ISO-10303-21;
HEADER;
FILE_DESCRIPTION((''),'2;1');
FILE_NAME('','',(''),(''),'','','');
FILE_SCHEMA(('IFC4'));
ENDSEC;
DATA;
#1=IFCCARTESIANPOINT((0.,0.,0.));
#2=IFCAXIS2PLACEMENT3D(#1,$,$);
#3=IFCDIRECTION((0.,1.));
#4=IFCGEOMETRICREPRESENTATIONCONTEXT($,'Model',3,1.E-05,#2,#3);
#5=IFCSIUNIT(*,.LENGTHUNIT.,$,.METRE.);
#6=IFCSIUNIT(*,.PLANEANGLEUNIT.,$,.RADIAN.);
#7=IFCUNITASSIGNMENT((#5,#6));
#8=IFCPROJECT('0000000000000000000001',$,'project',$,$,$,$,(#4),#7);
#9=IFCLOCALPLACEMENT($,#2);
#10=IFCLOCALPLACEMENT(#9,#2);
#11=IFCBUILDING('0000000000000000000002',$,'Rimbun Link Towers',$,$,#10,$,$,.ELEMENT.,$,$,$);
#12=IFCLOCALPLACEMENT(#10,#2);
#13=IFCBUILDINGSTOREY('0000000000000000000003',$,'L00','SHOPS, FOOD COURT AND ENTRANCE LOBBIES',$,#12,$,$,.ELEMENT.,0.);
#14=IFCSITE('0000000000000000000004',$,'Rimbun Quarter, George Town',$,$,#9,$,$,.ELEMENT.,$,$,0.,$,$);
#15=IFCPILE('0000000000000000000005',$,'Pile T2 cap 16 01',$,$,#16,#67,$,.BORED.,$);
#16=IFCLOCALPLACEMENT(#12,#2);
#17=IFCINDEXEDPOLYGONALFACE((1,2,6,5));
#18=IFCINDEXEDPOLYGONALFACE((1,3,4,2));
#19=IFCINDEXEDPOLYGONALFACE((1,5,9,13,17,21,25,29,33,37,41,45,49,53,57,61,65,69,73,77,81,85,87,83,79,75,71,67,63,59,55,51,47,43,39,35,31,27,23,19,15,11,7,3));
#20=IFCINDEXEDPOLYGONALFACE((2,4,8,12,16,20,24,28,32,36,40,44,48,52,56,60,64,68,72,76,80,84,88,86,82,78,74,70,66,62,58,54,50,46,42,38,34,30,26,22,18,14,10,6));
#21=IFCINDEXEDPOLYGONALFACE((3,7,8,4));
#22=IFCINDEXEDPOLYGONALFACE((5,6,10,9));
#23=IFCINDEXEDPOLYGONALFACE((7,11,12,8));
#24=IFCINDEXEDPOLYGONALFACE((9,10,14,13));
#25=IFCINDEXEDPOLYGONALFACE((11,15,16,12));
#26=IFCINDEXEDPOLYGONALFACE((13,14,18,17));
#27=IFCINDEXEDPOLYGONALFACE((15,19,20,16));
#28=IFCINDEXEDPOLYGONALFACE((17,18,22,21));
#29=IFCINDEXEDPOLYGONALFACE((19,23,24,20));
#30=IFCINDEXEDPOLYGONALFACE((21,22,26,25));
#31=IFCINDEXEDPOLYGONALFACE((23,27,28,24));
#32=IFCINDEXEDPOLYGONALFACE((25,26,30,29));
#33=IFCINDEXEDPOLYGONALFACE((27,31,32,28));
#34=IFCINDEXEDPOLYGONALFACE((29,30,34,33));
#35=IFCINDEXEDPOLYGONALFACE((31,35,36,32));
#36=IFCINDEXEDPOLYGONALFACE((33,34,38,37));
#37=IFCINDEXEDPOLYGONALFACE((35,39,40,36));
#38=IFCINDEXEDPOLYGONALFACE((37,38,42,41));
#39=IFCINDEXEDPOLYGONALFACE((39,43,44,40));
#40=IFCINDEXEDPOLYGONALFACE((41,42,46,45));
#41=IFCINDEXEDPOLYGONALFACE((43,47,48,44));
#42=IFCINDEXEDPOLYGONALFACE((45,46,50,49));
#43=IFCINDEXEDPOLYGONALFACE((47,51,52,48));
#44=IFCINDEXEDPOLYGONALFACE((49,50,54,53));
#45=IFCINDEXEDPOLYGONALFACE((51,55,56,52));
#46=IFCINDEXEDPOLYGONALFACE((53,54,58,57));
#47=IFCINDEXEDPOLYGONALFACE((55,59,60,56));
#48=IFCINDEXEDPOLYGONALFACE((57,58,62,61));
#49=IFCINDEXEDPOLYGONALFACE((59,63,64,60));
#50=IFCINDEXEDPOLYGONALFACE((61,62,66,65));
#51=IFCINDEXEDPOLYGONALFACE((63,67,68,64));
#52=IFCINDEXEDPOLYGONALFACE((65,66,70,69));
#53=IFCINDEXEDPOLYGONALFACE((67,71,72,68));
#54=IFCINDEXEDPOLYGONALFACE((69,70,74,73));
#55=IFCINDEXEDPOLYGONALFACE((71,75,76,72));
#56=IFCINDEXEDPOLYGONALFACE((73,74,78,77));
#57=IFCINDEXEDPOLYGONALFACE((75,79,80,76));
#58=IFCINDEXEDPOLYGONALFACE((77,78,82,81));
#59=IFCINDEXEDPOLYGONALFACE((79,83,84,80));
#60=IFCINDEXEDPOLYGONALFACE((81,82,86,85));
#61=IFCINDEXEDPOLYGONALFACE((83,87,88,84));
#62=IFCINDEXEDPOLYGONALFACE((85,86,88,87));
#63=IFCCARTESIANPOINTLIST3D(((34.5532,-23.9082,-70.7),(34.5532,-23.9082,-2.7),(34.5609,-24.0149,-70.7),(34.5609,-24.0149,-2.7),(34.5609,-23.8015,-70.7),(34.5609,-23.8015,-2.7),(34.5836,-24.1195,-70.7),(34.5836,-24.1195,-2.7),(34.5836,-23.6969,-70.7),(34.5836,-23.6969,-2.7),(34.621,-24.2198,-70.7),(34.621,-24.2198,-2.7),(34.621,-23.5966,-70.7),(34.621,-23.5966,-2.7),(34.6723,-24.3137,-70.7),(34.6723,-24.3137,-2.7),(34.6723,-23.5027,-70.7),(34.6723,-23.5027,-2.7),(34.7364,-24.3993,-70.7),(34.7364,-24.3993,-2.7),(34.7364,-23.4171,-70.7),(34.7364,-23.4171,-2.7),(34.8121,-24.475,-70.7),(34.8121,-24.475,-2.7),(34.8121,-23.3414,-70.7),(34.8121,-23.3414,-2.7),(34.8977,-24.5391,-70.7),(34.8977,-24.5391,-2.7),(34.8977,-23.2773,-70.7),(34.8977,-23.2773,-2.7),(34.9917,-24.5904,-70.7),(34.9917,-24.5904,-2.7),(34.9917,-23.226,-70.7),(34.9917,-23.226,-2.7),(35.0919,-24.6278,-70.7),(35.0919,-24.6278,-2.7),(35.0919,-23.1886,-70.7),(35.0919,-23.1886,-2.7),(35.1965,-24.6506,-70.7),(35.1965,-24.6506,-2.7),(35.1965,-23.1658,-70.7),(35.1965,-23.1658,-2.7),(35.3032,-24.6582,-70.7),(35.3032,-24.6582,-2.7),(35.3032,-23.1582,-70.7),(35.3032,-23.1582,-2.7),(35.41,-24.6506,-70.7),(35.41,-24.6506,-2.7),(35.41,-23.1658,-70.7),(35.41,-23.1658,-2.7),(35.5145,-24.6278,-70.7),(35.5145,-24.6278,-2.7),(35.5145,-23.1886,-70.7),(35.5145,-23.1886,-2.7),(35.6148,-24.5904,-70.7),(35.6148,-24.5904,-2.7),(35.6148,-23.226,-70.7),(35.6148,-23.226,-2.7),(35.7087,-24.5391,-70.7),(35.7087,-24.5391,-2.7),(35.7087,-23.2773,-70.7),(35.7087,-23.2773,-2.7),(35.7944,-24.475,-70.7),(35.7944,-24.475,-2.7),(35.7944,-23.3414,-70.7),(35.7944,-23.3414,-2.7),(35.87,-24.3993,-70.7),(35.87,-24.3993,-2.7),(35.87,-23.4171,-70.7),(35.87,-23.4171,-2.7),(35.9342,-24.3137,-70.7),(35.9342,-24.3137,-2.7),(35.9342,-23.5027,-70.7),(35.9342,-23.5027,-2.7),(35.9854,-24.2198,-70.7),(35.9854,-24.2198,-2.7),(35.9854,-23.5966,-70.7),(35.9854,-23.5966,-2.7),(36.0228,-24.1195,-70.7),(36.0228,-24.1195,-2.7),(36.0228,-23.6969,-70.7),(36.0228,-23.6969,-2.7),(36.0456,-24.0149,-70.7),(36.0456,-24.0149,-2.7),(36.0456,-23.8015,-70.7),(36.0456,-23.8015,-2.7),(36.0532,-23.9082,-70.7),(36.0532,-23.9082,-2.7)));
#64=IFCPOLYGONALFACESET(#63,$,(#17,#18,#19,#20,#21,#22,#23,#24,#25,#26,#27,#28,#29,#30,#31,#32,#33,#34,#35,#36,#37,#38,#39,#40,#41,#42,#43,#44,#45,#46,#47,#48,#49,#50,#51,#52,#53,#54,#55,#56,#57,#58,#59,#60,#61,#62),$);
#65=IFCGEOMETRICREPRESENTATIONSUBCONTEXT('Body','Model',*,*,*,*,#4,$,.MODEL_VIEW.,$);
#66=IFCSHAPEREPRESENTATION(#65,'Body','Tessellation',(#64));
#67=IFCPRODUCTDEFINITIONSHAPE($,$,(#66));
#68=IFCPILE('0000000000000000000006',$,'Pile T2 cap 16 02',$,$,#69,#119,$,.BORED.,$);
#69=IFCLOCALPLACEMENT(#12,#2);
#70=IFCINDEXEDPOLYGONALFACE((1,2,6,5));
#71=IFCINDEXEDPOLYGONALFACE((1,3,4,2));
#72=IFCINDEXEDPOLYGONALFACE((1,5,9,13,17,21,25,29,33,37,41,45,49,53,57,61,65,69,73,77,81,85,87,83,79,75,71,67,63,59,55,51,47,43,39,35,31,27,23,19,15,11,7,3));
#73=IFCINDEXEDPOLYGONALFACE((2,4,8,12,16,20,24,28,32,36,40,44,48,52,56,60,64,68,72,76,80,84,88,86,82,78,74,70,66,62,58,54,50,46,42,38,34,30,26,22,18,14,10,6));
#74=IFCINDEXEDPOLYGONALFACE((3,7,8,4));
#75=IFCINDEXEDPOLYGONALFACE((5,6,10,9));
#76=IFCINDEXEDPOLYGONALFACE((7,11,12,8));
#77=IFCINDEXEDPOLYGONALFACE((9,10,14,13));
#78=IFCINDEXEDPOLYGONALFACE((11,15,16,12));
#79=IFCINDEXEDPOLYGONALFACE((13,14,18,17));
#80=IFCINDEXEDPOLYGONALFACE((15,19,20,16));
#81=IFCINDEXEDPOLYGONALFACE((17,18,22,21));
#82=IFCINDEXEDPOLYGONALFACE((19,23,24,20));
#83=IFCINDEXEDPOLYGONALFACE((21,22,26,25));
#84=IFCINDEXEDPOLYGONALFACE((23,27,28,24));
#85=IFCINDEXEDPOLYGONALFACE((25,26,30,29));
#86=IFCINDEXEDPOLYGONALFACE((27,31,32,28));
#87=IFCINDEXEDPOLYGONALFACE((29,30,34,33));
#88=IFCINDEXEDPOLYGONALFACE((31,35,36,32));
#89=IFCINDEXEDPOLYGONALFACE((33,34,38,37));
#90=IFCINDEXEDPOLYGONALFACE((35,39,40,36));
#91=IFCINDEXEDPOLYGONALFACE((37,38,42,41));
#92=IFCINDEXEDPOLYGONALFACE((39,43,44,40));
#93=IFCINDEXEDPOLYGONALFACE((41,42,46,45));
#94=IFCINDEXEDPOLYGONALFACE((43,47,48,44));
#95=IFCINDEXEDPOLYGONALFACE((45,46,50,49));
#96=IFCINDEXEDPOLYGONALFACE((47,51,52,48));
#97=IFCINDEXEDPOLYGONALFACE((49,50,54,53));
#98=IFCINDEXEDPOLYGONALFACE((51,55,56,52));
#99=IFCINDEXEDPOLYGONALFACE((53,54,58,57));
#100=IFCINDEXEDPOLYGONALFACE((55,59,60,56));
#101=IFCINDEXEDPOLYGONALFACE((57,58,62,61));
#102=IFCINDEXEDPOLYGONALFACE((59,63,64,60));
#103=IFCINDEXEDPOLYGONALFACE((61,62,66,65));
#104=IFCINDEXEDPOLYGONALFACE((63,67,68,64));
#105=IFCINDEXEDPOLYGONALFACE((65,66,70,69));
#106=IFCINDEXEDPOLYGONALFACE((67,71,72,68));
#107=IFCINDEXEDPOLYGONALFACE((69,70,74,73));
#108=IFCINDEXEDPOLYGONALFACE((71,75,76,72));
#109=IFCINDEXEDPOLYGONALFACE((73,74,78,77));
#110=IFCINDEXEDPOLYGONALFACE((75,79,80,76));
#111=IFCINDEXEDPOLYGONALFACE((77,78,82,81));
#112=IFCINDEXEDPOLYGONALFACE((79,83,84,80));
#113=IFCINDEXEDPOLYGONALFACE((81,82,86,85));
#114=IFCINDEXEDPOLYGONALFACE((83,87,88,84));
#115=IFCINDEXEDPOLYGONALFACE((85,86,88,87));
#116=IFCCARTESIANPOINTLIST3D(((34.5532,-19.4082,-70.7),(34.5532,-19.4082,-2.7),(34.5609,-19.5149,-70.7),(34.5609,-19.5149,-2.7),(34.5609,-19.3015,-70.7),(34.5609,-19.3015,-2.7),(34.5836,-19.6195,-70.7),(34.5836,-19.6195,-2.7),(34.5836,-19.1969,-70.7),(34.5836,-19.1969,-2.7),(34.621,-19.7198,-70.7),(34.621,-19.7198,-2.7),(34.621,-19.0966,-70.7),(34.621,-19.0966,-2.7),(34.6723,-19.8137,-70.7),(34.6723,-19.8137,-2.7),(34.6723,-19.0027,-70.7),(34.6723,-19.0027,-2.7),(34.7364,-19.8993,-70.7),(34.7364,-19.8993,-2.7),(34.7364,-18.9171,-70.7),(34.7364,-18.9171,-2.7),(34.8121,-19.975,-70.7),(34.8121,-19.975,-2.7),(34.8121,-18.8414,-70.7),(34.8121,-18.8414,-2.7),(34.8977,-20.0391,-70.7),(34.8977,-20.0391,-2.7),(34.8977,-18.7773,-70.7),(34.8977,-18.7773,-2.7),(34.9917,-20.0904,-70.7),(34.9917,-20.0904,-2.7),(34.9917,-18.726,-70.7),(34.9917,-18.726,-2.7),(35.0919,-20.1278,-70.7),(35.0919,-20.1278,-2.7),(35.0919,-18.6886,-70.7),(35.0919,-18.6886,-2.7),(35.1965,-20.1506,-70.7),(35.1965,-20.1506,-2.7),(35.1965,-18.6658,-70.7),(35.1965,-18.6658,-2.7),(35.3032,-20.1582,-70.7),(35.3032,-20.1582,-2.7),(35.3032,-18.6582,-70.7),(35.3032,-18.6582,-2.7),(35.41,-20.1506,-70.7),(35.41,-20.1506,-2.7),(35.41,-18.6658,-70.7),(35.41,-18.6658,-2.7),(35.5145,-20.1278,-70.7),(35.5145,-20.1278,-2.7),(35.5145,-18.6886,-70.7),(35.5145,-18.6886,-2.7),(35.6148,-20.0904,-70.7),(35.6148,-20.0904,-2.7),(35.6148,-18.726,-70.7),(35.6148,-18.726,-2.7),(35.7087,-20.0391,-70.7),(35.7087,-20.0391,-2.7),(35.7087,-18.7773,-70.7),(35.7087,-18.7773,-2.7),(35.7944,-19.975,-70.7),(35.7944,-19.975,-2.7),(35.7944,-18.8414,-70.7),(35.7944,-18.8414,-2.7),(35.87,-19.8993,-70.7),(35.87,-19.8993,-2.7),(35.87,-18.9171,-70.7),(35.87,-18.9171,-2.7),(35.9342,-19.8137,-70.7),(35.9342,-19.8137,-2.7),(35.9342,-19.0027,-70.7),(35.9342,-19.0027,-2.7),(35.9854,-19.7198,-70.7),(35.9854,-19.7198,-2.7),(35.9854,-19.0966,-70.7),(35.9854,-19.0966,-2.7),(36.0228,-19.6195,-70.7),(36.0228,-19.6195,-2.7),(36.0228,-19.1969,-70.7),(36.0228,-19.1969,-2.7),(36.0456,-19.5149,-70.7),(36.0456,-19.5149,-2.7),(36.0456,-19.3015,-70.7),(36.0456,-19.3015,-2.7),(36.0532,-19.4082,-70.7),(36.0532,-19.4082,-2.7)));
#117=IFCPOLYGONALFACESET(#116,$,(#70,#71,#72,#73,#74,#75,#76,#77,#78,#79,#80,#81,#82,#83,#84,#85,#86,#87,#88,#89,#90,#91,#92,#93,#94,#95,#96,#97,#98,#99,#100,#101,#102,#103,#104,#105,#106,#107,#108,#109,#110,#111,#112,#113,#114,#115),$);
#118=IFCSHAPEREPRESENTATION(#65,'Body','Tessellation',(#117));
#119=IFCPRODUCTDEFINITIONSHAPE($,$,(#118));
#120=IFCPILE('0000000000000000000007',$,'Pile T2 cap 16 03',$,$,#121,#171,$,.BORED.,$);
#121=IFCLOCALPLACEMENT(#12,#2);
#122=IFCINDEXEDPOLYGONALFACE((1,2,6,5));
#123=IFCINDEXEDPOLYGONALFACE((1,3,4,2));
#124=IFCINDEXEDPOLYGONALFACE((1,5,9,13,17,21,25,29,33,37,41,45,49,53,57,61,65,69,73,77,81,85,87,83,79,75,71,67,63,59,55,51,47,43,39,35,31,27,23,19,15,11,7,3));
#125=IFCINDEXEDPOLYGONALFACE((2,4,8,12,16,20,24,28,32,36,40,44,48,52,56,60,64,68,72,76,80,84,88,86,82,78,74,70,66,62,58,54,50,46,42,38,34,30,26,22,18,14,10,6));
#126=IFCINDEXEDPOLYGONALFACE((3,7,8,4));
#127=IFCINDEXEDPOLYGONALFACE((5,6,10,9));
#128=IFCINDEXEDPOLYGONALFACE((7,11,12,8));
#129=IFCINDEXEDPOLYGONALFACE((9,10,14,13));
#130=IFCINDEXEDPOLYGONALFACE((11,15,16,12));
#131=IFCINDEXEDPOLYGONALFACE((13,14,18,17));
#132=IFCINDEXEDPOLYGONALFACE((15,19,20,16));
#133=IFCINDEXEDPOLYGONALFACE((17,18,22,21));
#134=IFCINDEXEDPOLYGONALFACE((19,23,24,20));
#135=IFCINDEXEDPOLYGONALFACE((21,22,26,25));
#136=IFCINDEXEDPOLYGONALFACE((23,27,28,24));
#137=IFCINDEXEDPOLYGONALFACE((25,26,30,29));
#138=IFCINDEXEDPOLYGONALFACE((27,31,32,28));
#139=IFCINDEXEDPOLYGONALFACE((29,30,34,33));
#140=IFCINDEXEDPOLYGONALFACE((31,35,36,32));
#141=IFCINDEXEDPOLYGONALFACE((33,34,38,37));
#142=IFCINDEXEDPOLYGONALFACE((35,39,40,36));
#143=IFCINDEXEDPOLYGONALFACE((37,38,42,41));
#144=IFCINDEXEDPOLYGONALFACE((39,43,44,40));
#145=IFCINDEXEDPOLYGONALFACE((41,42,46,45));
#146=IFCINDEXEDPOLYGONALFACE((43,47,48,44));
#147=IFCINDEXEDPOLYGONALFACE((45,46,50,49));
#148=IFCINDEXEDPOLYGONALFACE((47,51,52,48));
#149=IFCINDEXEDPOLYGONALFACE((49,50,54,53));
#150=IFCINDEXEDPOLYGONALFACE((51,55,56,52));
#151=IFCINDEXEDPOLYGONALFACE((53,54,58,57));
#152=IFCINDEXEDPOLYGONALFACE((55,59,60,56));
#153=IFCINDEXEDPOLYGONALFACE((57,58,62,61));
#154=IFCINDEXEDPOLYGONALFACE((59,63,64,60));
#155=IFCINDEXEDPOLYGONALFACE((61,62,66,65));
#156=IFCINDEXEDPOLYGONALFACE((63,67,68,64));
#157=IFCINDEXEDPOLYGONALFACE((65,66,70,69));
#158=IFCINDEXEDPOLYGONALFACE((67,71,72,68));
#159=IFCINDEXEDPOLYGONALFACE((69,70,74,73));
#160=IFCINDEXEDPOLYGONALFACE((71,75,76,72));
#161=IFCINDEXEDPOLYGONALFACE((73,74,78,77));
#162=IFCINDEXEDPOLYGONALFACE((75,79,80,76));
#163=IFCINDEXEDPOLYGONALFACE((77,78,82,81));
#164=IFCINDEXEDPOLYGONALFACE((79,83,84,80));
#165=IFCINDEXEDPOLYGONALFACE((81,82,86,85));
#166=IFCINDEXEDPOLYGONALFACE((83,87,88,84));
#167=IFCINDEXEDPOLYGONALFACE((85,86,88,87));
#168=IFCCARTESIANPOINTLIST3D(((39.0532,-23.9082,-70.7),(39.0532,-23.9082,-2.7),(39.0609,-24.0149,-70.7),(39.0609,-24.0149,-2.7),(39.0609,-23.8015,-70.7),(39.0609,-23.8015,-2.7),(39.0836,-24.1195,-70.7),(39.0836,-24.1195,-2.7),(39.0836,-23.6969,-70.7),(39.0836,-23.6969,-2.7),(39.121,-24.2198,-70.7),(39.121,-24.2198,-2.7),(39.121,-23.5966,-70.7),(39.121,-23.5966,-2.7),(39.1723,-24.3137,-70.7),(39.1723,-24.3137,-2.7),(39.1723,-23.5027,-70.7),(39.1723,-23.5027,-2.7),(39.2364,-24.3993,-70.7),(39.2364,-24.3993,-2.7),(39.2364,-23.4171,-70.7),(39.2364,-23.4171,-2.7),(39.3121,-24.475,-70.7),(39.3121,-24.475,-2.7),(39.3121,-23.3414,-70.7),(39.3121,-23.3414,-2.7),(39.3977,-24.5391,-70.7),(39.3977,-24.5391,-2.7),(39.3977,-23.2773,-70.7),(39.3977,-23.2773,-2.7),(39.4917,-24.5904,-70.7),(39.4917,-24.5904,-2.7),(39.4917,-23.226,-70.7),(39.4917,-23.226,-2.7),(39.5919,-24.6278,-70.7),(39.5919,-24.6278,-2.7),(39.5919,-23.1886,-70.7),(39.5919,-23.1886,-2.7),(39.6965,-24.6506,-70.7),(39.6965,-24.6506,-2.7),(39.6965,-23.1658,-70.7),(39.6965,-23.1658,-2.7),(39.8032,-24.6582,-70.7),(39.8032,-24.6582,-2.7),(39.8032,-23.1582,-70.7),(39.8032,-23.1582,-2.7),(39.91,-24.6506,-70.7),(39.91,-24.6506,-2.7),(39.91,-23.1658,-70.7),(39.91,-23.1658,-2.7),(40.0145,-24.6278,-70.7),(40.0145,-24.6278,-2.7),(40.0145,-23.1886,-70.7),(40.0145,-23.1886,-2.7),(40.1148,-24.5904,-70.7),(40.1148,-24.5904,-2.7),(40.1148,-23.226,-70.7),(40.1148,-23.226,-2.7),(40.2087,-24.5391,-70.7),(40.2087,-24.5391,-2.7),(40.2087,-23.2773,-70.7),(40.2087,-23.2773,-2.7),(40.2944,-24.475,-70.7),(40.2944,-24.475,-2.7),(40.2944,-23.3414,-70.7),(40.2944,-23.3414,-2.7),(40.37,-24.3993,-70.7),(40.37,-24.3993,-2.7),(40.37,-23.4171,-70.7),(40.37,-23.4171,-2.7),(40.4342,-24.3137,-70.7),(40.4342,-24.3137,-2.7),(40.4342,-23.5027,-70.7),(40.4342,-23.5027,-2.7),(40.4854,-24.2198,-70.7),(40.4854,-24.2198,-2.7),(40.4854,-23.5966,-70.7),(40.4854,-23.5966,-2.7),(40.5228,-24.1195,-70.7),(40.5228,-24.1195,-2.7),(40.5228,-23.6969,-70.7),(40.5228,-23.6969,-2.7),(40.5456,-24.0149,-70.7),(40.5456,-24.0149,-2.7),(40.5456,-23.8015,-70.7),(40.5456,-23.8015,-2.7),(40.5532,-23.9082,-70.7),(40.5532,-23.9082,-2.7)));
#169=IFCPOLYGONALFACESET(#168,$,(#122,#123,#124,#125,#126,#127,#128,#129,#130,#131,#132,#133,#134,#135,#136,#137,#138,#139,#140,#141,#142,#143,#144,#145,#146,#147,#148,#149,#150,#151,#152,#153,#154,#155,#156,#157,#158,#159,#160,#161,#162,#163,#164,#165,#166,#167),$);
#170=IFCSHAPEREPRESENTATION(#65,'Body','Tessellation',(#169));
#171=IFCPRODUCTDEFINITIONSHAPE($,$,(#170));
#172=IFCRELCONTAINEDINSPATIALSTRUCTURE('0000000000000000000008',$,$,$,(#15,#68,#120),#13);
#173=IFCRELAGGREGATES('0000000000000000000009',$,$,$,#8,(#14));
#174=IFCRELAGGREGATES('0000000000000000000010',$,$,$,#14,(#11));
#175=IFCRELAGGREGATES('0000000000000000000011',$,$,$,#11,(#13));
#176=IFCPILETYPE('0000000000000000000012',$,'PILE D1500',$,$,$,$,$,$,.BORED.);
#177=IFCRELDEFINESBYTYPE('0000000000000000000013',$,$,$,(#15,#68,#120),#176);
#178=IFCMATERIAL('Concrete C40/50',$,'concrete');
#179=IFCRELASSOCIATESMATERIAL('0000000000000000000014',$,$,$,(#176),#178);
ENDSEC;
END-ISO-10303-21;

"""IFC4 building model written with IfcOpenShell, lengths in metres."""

from ifc_helpers import new_model, si_unit, direction, frame, origin, origin_2d, place, context, subcontext, project, spatial, circle, extrude, material, material_profile, profile_set, type_object, element, save


model = new_model("IFC4")

# Units and contexts
model_context = context("Model", 3, precision=1e-05, world=origin(), true_north=direction((0.0, 1.0)))
body_context = subcontext(model_context, "Body", "Model", "MODEL_VIEW")
ifc_project = project(units=[si_unit("LENGTHUNIT", "METRE"), si_unit("PLANEANGLEUNIT", "RADIAN")], contexts=[model_context])

# Site, building, storey
site_placement = place(None, origin())
site = spatial("IfcSite", under=ifc_project, at=site_placement, Name="Rimbun Quarter, George Town", CompositionType="ELEMENT", RefElevation=0.0)
building_placement = place(site_placement, origin())
building = spatial("IfcBuilding", under=site, at=building_placement, Name="Rimbun Link Towers", CompositionType="ELEMENT")
storey_placement = place(building_placement, origin())
storey = spatial("IfcBuildingStorey", under=building, at=storey_placement, Name="L00", Description="SHOPS, FOOD COURT AND ENTRANCE LOBBIES", CompositionType="ELEMENT", Elevation=0.0)

# Piles
ifc_material_1 = material(Name="Concrete C40/50", Category="concrete")
ifc_material_profile_1 = material_profile(ifc_material_1, circle(Radius=0.75, at=origin_2d()), Name="PILE D1500")
ifc_profile_set_1 = profile_set([ifc_material_profile_1], Name="Concrete C40/50")
pile_type = type_object("IfcPileType", Name="PILE D1500", PredefinedType="BORED", material=ifc_profile_set_1)
for number, where, z_axis, x_axis, name in (
    (1, (35.3032, -23.9082, -2.7), (0.0, 0.0, -1.0), (1.0, 0.0, 0.0), "Pile T2 cap 16 01"),
    (2, (35.3032, -19.4082, -2.7), (0.0, 0.0, -1.0), (1.0, 0.0, 0.0), "Pile T2 cap 16 02"),
    (3, (39.8032, -23.9082, -2.7), (0.0, 0.0, -1.0), (1.0, 0.0, 0.0), "Pile T2 cap 16 03"),
):
    element("IfcPile", number, at=place(storey_placement, frame(where, z_axis=z_axis, x_axis=x_axis)), inside=storey, type_object=pile_type, Name=name, PredefinedType="BORED", context=body_context, shape_type="SweptSolid", body=[
        extrude(circle(Radius=0.75, at=origin_2d()), origin(), (0.0, 0.0, 1.0), 68.0),
    ])

save(model, "model.ifc")
